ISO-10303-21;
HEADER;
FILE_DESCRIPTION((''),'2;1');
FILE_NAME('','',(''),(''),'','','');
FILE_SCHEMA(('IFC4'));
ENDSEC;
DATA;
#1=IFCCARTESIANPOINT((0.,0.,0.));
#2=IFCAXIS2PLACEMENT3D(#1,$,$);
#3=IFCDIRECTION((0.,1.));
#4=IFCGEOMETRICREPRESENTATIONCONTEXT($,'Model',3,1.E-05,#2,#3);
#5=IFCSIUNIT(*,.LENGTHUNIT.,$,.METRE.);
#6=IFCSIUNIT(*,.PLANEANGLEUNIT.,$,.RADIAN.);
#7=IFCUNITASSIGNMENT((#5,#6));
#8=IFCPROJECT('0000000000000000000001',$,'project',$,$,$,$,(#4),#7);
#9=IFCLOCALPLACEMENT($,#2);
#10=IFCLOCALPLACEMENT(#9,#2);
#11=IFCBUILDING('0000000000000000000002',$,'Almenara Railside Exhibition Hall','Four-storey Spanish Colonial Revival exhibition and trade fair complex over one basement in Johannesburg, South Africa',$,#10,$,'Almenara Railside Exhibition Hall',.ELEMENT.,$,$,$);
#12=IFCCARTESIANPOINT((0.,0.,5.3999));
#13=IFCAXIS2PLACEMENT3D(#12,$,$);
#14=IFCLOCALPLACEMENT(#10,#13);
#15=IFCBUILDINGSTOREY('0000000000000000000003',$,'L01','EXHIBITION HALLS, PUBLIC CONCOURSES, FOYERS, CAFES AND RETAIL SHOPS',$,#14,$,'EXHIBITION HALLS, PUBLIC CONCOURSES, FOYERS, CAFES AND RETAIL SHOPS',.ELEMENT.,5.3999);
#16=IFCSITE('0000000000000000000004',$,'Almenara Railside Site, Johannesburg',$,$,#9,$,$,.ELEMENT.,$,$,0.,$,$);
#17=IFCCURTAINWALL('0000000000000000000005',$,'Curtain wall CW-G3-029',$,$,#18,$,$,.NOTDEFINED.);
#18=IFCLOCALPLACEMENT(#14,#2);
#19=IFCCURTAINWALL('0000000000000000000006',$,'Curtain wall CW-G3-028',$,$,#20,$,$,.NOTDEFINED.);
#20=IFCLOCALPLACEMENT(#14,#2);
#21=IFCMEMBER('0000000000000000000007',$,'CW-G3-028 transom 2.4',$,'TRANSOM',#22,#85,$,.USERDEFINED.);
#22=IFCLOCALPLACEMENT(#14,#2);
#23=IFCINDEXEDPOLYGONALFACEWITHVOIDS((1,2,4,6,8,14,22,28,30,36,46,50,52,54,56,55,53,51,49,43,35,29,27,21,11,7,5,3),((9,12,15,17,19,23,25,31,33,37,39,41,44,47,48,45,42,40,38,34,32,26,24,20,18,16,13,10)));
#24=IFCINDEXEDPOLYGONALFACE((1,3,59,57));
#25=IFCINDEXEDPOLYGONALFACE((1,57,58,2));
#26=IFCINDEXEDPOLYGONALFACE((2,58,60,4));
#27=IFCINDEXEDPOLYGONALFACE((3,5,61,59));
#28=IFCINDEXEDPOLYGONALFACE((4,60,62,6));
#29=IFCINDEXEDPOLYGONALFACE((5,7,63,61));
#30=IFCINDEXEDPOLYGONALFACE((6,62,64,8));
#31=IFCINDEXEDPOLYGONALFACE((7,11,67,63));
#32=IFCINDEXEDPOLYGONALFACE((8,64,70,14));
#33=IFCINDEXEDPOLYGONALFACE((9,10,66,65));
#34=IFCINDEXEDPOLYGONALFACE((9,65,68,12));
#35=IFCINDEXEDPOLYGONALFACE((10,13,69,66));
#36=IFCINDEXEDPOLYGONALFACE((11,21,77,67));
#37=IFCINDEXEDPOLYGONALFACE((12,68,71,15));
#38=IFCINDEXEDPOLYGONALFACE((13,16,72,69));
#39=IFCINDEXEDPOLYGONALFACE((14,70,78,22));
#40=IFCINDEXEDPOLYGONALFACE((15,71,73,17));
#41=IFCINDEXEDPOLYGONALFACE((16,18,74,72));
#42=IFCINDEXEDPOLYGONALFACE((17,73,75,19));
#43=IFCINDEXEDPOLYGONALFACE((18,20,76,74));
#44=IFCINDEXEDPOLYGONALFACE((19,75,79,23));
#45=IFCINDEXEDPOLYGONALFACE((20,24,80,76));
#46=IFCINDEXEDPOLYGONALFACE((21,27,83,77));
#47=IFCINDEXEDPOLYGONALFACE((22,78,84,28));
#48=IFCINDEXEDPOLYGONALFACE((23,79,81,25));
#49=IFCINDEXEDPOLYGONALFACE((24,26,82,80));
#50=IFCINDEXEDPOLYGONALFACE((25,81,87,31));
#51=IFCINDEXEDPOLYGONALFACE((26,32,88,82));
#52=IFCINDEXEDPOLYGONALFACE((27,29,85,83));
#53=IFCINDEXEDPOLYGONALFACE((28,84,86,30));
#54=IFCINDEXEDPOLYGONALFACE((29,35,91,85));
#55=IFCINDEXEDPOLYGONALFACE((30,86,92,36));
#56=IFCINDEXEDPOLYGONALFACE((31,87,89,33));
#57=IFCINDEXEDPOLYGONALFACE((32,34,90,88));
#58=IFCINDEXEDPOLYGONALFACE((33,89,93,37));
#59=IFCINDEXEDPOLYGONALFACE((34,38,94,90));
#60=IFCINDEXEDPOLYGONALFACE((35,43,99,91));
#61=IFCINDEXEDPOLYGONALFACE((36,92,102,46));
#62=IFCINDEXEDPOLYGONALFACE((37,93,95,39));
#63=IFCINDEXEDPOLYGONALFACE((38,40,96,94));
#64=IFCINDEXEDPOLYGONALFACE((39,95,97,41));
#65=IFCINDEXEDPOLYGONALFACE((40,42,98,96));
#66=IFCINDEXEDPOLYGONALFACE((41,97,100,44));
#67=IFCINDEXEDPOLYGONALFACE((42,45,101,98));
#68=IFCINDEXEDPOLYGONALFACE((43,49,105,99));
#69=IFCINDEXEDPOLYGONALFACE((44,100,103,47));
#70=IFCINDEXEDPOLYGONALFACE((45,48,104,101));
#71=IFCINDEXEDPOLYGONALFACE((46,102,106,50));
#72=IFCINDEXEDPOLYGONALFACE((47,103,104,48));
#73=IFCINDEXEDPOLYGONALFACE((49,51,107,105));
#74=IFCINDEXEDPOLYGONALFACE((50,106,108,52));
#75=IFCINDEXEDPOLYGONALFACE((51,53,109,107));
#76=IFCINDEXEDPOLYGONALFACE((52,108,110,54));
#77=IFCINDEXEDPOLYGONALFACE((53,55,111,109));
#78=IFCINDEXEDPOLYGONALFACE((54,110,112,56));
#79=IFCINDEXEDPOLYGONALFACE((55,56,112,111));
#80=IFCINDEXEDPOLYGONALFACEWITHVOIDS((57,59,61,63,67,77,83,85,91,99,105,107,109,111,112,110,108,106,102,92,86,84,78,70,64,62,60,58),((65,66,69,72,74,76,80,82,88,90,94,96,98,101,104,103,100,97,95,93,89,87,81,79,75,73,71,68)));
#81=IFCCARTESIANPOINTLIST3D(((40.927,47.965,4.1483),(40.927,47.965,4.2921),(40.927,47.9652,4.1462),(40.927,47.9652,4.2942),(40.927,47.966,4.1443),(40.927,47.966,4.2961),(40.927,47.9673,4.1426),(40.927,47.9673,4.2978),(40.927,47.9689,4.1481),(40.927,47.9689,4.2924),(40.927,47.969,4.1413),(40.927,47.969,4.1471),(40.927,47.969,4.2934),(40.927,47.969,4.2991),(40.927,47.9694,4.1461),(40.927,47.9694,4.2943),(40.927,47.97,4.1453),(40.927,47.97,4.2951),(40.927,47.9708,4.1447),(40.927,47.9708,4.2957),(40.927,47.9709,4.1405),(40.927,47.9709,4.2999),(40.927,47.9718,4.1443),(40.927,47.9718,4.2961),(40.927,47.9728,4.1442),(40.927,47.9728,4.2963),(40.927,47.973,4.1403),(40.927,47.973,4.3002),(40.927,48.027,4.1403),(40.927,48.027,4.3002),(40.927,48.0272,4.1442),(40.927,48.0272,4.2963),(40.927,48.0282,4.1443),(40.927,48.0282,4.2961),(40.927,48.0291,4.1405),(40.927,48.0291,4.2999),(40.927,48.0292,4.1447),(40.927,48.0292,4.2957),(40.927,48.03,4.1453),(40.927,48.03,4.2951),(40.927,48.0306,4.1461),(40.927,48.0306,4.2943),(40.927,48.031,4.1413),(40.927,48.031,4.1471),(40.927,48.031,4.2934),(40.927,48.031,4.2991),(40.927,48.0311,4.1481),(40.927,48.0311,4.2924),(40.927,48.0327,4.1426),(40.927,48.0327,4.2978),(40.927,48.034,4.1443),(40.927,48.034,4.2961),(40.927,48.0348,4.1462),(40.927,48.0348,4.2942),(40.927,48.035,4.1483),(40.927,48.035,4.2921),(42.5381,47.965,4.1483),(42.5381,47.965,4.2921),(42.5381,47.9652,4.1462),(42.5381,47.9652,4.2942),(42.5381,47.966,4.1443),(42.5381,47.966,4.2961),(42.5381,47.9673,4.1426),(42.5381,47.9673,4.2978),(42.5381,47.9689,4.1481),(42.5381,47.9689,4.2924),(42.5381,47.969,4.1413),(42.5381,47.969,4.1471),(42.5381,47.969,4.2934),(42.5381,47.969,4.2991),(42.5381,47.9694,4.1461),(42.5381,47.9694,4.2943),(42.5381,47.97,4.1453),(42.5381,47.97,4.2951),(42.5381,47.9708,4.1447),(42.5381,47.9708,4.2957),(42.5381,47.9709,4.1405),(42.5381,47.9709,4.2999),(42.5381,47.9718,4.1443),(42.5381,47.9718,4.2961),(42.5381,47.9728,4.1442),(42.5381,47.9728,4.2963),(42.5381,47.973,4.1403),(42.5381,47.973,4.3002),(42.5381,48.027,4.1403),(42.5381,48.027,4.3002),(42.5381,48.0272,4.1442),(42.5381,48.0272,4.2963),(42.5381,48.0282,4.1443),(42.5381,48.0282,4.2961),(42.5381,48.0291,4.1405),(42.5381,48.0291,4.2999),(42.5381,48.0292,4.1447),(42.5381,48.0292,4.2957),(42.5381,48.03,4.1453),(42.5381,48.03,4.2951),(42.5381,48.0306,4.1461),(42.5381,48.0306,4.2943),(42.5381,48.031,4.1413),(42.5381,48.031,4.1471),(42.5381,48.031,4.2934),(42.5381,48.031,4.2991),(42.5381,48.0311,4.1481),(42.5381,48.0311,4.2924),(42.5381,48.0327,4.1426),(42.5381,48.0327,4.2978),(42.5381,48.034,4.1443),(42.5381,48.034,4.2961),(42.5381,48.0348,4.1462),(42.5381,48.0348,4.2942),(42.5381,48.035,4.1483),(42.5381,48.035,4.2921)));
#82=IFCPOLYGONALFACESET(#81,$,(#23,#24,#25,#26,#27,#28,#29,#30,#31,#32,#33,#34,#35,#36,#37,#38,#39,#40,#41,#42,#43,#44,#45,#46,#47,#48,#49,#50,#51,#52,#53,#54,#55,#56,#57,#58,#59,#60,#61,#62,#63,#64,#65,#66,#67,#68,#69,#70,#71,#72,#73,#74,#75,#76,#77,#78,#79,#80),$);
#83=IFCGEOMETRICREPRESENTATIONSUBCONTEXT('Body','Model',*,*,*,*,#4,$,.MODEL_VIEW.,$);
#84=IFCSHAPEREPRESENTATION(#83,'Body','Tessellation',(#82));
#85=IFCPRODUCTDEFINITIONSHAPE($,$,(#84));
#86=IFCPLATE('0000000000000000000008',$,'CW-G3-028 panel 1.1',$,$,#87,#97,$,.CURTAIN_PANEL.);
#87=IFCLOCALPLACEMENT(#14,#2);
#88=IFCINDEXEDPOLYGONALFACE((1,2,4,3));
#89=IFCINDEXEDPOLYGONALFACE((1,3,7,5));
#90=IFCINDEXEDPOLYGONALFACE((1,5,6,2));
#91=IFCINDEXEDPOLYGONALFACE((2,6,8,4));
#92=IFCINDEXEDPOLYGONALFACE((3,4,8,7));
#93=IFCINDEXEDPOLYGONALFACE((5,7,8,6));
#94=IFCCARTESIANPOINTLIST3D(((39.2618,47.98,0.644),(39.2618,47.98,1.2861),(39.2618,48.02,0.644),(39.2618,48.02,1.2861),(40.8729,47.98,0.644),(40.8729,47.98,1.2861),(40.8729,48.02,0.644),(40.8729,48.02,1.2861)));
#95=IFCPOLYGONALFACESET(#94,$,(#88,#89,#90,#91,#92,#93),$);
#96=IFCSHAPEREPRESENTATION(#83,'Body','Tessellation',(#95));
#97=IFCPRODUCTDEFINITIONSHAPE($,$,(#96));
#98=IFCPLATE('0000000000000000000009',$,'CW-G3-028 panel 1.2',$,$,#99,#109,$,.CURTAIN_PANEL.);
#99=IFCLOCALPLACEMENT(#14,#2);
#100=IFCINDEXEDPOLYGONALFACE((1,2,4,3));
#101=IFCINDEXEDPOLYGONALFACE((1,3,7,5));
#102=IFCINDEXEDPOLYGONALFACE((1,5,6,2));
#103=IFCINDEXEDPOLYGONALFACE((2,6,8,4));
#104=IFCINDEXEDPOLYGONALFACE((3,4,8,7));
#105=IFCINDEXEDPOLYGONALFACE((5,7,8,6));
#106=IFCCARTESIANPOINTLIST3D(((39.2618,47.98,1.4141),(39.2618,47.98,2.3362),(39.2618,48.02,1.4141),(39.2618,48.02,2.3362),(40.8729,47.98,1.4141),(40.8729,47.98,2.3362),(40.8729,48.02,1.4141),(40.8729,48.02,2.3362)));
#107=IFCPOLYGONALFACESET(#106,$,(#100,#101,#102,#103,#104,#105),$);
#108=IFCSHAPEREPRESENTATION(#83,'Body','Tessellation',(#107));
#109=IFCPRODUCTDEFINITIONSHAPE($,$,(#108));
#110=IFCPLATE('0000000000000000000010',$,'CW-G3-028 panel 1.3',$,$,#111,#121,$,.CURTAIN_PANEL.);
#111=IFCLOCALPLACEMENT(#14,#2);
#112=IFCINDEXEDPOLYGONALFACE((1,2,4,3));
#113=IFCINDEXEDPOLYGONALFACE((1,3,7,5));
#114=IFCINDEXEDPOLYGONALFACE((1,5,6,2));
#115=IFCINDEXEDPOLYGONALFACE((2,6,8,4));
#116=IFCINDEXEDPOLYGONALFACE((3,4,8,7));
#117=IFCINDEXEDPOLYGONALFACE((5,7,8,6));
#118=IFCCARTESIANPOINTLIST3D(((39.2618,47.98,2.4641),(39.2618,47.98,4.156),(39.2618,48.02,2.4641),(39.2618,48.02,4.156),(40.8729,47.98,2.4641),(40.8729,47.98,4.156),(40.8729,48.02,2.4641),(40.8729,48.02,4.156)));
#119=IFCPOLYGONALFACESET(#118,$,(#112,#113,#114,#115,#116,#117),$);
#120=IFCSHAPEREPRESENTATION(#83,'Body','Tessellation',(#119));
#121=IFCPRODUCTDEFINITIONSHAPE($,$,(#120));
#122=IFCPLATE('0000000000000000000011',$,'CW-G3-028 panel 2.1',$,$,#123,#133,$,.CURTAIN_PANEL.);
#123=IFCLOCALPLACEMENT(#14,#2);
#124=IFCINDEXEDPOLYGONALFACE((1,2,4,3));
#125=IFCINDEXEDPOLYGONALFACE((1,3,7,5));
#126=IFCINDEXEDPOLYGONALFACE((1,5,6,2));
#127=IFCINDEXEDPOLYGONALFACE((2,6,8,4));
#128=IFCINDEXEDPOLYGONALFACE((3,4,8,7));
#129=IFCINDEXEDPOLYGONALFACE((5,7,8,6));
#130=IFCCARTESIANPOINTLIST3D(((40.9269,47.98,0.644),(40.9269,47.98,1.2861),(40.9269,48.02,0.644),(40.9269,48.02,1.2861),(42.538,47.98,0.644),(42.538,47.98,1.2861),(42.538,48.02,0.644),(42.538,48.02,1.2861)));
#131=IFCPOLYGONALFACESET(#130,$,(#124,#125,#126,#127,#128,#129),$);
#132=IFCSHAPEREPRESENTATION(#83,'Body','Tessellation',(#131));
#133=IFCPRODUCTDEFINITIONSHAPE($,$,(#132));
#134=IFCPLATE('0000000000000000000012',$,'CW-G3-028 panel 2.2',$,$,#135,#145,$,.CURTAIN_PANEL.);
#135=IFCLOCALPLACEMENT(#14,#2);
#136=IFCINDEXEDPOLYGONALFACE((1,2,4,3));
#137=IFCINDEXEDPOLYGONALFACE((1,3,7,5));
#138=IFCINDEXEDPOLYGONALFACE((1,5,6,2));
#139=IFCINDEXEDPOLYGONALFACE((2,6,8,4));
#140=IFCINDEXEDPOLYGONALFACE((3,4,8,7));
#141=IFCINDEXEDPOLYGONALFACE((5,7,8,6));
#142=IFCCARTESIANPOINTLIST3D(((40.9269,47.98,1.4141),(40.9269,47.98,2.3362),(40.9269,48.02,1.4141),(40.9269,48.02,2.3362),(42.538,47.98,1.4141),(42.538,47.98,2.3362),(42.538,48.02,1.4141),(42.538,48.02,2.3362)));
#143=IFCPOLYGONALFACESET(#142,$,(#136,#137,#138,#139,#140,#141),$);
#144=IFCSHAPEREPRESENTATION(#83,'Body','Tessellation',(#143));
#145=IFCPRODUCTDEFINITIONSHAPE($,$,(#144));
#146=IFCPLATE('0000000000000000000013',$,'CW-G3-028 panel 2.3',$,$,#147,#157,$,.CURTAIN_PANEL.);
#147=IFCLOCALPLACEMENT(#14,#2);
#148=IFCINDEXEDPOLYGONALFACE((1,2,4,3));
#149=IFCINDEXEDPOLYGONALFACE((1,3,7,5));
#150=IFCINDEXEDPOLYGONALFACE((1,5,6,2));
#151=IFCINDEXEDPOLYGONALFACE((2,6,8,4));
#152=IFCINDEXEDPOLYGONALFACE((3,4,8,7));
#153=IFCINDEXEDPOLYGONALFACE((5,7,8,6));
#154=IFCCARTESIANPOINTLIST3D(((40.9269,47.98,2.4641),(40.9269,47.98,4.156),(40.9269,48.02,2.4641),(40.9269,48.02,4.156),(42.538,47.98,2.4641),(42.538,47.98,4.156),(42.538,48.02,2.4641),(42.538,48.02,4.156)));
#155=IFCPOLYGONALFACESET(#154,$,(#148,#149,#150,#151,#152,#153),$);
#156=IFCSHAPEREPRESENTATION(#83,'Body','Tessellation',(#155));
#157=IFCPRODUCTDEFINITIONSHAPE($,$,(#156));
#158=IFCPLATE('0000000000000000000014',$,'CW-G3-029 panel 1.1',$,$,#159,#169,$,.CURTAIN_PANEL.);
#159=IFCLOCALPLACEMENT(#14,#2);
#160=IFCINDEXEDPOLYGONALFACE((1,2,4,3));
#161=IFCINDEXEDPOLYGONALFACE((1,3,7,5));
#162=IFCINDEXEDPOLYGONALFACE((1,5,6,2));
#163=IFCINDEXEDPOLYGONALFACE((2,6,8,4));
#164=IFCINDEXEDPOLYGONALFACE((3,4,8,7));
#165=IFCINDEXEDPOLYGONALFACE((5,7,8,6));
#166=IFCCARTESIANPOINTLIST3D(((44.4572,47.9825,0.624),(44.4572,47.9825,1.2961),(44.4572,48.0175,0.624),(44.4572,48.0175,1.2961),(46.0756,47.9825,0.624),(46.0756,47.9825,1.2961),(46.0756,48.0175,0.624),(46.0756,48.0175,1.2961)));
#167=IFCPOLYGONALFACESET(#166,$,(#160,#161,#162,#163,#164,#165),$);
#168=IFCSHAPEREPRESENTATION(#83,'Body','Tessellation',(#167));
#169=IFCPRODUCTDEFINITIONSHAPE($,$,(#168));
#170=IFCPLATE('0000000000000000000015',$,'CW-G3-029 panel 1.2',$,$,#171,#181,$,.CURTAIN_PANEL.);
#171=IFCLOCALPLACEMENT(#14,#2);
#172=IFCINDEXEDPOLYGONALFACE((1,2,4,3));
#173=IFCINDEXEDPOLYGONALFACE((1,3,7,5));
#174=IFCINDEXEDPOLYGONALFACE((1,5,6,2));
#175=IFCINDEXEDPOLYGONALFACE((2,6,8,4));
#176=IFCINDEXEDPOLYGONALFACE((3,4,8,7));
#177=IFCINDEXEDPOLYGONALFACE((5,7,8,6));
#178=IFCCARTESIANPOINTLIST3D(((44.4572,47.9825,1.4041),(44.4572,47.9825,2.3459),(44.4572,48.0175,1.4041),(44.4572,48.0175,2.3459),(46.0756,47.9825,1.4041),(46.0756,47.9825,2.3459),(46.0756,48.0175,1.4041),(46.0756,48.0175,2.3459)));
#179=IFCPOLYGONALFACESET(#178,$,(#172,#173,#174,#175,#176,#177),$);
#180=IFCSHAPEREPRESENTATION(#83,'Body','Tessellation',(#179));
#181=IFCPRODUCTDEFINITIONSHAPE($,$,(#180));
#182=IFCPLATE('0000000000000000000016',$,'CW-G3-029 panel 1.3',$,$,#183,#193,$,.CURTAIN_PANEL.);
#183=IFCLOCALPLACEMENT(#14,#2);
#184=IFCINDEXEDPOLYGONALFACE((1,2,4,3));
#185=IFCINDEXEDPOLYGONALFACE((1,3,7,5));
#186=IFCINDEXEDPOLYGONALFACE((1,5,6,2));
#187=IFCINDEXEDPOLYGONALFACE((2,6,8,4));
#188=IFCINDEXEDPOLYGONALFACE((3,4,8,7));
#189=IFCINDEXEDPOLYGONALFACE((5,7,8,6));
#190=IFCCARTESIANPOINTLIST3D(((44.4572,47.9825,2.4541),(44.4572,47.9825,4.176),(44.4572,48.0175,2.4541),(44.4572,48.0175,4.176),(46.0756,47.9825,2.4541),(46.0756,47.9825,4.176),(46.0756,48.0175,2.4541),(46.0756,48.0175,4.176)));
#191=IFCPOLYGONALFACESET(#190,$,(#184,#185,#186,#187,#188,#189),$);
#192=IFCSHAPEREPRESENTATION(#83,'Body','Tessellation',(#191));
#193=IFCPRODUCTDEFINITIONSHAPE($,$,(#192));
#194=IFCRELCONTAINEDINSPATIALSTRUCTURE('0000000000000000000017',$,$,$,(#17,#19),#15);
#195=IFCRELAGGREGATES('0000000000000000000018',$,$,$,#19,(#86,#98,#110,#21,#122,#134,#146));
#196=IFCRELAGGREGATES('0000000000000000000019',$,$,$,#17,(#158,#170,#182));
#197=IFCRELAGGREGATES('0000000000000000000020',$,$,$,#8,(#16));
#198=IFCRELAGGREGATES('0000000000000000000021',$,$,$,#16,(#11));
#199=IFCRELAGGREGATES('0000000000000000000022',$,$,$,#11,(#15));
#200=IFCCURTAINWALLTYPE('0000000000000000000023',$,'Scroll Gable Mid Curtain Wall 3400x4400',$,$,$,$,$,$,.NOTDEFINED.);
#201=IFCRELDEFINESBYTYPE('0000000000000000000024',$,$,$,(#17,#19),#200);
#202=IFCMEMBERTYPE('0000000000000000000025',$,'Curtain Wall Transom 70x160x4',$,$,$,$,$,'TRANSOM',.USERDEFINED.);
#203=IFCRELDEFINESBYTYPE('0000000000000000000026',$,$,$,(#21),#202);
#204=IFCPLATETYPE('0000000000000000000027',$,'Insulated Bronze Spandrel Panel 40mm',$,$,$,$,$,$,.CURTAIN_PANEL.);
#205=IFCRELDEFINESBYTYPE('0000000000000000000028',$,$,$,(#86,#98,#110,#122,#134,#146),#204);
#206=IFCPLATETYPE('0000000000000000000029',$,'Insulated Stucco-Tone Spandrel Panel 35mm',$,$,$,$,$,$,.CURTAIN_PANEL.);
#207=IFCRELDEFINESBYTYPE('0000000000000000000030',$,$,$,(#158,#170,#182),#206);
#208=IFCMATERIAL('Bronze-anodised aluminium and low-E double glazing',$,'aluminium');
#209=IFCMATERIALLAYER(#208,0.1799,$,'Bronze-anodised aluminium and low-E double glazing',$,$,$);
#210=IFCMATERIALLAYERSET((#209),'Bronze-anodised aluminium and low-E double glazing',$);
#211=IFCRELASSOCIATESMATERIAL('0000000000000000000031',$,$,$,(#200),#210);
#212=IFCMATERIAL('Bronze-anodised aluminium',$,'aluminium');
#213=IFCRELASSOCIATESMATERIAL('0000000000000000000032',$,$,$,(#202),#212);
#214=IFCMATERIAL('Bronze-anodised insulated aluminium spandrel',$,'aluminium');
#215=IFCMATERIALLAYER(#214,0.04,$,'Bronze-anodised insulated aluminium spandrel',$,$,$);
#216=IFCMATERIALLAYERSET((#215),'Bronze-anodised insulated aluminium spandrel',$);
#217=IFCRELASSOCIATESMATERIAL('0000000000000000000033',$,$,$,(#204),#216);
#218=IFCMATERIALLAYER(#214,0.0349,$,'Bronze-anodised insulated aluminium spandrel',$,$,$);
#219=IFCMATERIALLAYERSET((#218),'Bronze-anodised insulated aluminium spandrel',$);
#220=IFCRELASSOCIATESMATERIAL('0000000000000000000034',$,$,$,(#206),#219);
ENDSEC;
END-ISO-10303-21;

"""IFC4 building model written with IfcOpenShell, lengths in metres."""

from ifc_helpers import new_model, si_unit, direction, frame, origin, origin_2d, place, context, subcontext, project, spatial, rectangle, hollow_rectangle, extrude, material, layer, layer_set, material_profile, profile_set, type_object, element, aggregate, save


model = new_model("IFC4")

# Units and contexts
model_context = context("Model", 3, precision=1e-05, world=origin(), true_north=direction((0.0, 1.0)))
body_context = subcontext(model_context, "Body", "Model", "MODEL_VIEW")
ifc_project = project(units=[si_unit("LENGTHUNIT", "METRE"), si_unit("PLANEANGLEUNIT", "RADIAN")], contexts=[model_context])

# Site, building, storey
site_placement = place(None, origin())
site = spatial("IfcSite", under=ifc_project, at=site_placement, Name="Almenara Railside Site, Johannesburg", CompositionType="ELEMENT", RefElevation=0.0)
building_placement = place(site_placement, origin())
building = spatial("IfcBuilding", under=site, at=building_placement, Name="Almenara Railside Exhibition Hall", Description="Four-storey Spanish Colonial Revival exhibition and trade fair complex over one basement in Johannesburg, South Africa", LongName="Almenara Railside Exhibition Hall", CompositionType="ELEMENT")
storey_placement = place(building_placement, frame((0.0, 0.0, 5.3999)))
storey = spatial("IfcBuildingStorey", under=building, at=storey_placement, Name="L01", Description="EXHIBITION HALLS, PUBLIC CONCOURSES, FOYERS, CAFES AND RETAIL SHOPS", LongName="EXHIBITION HALLS, PUBLIC CONCOURSES, FOYERS, CAFES AND RETAIL SHOPS", CompositionType="ELEMENT", Elevation=5.3999)

# Curtain walls
ifc_material_1 = material(Name="Bronze-anodised aluminium and low-E double glazing", Category="aluminium")
ifc_layer_1 = layer(ifc_material_1, 0.1799, Name="Bronze-anodised aluminium and low-E double glazing")
ifc_layer_set_1 = layer_set([ifc_layer_1], Name="Bronze-anodised aluminium and low-E double glazing")
curtain_wall_type = type_object("IfcCurtainWallType", Name="Scroll Gable Mid Curtain Wall 3400x4400", PredefinedType="NOTDEFINED", material=ifc_layer_set_1)
curtain_wall_1_placement = place(storey_placement, origin())
curtain_wall_1 = element("IfcCurtainWall", 1, at=curtain_wall_1_placement, inside=storey, type_object=curtain_wall_type, Name="Curtain wall CW-G3-029", PredefinedType="NOTDEFINED")
ifc_material_2 = material(Name="Bronze-anodised aluminium", Category="aluminium")
curtain_wall_2_placement = place(storey_placement, origin())
curtain_wall_2 = element("IfcCurtainWall", 2, at=curtain_wall_2_placement, inside=storey, type_object=curtain_wall_type, Name="Curtain wall CW-G3-028", PredefinedType="NOTDEFINED")

# Member
ifc_material_profile_1 = material_profile(ifc_material_2, hollow_rectangle(XDim=0.0701, YDim=0.1599, WallThickness=0.0039, InnerFilletRadius=0.0039, OuterFilletRadius=0.0081, at=origin_2d()), Name="ALU-TRN 70x160x4")
ifc_profile_set_1 = profile_set([ifc_material_profile_1], Name="Bronze-anodised aluminium")
member_type_1 = type_object("IfcMemberType", Name="Curtain Wall Transom 70x160x4", ElementType="TRANSOM", PredefinedType="USERDEFINED", material=ifc_profile_set_1)
member_1_placement = place(storey_placement, frame((40.927, 48.0, 4.2202), z_axis=(1.0, 0.0, 0.0), x_axis=(0.0, 1.0, 0.0)))
member_1 = element("IfcMember", 3, at=member_1_placement, type_object=member_type_1, Name="CW-G3-028 transom 2.4", ObjectType="TRANSOM", PredefinedType="USERDEFINED", context=body_context, shape_type="SweptSolid", body=[
    extrude(hollow_rectangle(XDim=0.0701, YDim=0.1599, WallThickness=0.0039, InnerFilletRadius=0.0039, OuterFilletRadius=0.0081, at=origin_2d()), origin(), (0.0, 0.0, 1.0), 1.6111),
])

# Plates
ifc_material_3 = material(Name="Bronze-anodised insulated aluminium spandrel", Category="aluminium")
ifc_layer_2 = layer(ifc_material_3, 0.04, Name="Bronze-anodised insulated aluminium spandrel")
ifc_layer_set_2 = layer_set([ifc_layer_2], Name="Bronze-anodised insulated aluminium spandrel")
plate_type_1 = type_object("IfcPlateType", Name="Insulated Bronze Spandrel Panel 40mm", PredefinedType="CURTAIN_PANEL", material=ifc_layer_set_2)
plate_1_placement = place(storey_placement, frame((40.0674, 48.0, 0.644), z_axis=(0.0, 0.0, 1.0), x_axis=(1.0, 0.0, 0.0)))
plate_1 = element("IfcPlate", 4, at=plate_1_placement, type_object=plate_type_1, Name="CW-G3-028 panel 1.1", PredefinedType="CURTAIN_PANEL", context=body_context, shape_type="SweptSolid", body=[
    extrude(rectangle(XDim=1.6111, YDim=0.04, at=origin_2d()), origin(), (0.0, 0.0, 1.0), 0.6421),
])
plate_2_placement = place(storey_placement, frame((40.0674, 48.0, 1.4141), z_axis=(0.0, 0.0, 1.0), x_axis=(1.0, 0.0, 0.0)))
plate_2 = element("IfcPlate", 5, at=plate_2_placement, type_object=plate_type_1, Name="CW-G3-028 panel 1.2", PredefinedType="CURTAIN_PANEL", context=body_context, shape_type="SweptSolid", body=[
    extrude(rectangle(XDim=1.6111, YDim=0.04, at=origin_2d()), origin(), (0.0, 0.0, 1.0), 0.9221),
])
plate_3_placement = place(storey_placement, frame((40.0674, 48.0, 2.4641), z_axis=(0.0, 0.0, 1.0), x_axis=(1.0, 0.0, 0.0)))
plate_3 = element("IfcPlate", 6, at=plate_3_placement, type_object=plate_type_1, Name="CW-G3-028 panel 1.3", PredefinedType="CURTAIN_PANEL", context=body_context, shape_type="SweptSolid", body=[
    extrude(rectangle(XDim=1.6111, YDim=0.04, at=origin_2d()), origin(), (0.0, 0.0, 1.0), 1.6919),
])
plate_4_placement = place(storey_placement, frame((41.7324, 48.0, 0.644), z_axis=(0.0, 0.0, 1.0), x_axis=(1.0, 0.0, 0.0)))
plate_4 = element("IfcPlate", 7, at=plate_4_placement, type_object=plate_type_1, Name="CW-G3-028 panel 2.1", PredefinedType="CURTAIN_PANEL", context=body_context, shape_type="SweptSolid", body=[
    extrude(rectangle(XDim=1.6111, YDim=0.04, at=origin_2d()), origin(), (0.0, 0.0, 1.0), 0.6421),
])
plate_5_placement = place(storey_placement, frame((41.7324, 48.0, 1.4141), z_axis=(0.0, 0.0, 1.0), x_axis=(1.0, 0.0, 0.0)))
plate_5 = element("IfcPlate", 8, at=plate_5_placement, type_object=plate_type_1, Name="CW-G3-028 panel 2.2", PredefinedType="CURTAIN_PANEL", context=body_context, shape_type="SweptSolid", body=[
    extrude(rectangle(XDim=1.6111, YDim=0.04, at=origin_2d()), origin(), (0.0, 0.0, 1.0), 0.9221),
])
plate_6_placement = place(storey_placement, frame((41.7324, 48.0, 2.4641), z_axis=(0.0, 0.0, 1.0), x_axis=(1.0, 0.0, 0.0)))
plate_6 = element("IfcPlate", 9, at=plate_6_placement, type_object=plate_type_1, Name="CW-G3-028 panel 2.3", PredefinedType="CURTAIN_PANEL", context=body_context, shape_type="SweptSolid", body=[
    extrude(rectangle(XDim=1.6111, YDim=0.04, at=origin_2d()), origin(), (0.0, 0.0, 1.0), 1.6919),
])
aggregate(curtain_wall_2, [plate_1, plate_2, plate_3, member_1, plate_4, plate_5, plate_6])
ifc_layer_3 = layer(ifc_material_3, 0.0349, Name="Bronze-anodised insulated aluminium spandrel")
ifc_layer_set_3 = layer_set([ifc_layer_3], Name="Bronze-anodised insulated aluminium spandrel")
plate_type_2 = type_object("IfcPlateType", Name="Insulated Stucco-Tone Spandrel Panel 35mm", PredefinedType="CURTAIN_PANEL", material=ifc_layer_set_3)
plate_7_placement = place(storey_placement, frame((45.2664, 48.0, 0.624), z_axis=(0.0, 0.0, 1.0), x_axis=(1.0, 0.0, 0.0)))
plate_7 = element("IfcPlate", 10, at=plate_7_placement, type_object=plate_type_2, Name="CW-G3-029 panel 1.1", PredefinedType="CURTAIN_PANEL", context=body_context, shape_type="SweptSolid", body=[
    extrude(rectangle(XDim=1.6184, YDim=0.0349, at=origin_2d()), origin(), (0.0, 0.0, 1.0), 0.6721),
])
plate_8_placement = place(storey_placement, frame((45.2664, 48.0, 1.4041), z_axis=(0.0, 0.0, 1.0), x_axis=(1.0, 0.0, 0.0)))
plate_8 = element("IfcPlate", 11, at=plate_8_placement, type_object=plate_type_2, Name="CW-G3-029 panel 1.2", PredefinedType="CURTAIN_PANEL", context=body_context, shape_type="SweptSolid", body=[
    extrude(rectangle(XDim=1.6184, YDim=0.0349, at=origin_2d()), origin(), (0.0, 0.0, 1.0), 0.9419),
])
plate_9_placement = place(storey_placement, frame((45.2664, 48.0, 2.4541), z_axis=(0.0, 0.0, 1.0), x_axis=(1.0, 0.0, 0.0)))
plate_9 = element("IfcPlate", 12, at=plate_9_placement, type_object=plate_type_2, Name="CW-G3-029 panel 1.3", PredefinedType="CURTAIN_PANEL", context=body_context, shape_type="SweptSolid", body=[
    extrude(rectangle(XDim=1.6184, YDim=0.0349, at=origin_2d()), origin(), (0.0, 0.0, 1.0), 1.7219),
])
aggregate(curtain_wall_1, [plate_7, plate_8, plate_9])

save(model, "model.ifc")
